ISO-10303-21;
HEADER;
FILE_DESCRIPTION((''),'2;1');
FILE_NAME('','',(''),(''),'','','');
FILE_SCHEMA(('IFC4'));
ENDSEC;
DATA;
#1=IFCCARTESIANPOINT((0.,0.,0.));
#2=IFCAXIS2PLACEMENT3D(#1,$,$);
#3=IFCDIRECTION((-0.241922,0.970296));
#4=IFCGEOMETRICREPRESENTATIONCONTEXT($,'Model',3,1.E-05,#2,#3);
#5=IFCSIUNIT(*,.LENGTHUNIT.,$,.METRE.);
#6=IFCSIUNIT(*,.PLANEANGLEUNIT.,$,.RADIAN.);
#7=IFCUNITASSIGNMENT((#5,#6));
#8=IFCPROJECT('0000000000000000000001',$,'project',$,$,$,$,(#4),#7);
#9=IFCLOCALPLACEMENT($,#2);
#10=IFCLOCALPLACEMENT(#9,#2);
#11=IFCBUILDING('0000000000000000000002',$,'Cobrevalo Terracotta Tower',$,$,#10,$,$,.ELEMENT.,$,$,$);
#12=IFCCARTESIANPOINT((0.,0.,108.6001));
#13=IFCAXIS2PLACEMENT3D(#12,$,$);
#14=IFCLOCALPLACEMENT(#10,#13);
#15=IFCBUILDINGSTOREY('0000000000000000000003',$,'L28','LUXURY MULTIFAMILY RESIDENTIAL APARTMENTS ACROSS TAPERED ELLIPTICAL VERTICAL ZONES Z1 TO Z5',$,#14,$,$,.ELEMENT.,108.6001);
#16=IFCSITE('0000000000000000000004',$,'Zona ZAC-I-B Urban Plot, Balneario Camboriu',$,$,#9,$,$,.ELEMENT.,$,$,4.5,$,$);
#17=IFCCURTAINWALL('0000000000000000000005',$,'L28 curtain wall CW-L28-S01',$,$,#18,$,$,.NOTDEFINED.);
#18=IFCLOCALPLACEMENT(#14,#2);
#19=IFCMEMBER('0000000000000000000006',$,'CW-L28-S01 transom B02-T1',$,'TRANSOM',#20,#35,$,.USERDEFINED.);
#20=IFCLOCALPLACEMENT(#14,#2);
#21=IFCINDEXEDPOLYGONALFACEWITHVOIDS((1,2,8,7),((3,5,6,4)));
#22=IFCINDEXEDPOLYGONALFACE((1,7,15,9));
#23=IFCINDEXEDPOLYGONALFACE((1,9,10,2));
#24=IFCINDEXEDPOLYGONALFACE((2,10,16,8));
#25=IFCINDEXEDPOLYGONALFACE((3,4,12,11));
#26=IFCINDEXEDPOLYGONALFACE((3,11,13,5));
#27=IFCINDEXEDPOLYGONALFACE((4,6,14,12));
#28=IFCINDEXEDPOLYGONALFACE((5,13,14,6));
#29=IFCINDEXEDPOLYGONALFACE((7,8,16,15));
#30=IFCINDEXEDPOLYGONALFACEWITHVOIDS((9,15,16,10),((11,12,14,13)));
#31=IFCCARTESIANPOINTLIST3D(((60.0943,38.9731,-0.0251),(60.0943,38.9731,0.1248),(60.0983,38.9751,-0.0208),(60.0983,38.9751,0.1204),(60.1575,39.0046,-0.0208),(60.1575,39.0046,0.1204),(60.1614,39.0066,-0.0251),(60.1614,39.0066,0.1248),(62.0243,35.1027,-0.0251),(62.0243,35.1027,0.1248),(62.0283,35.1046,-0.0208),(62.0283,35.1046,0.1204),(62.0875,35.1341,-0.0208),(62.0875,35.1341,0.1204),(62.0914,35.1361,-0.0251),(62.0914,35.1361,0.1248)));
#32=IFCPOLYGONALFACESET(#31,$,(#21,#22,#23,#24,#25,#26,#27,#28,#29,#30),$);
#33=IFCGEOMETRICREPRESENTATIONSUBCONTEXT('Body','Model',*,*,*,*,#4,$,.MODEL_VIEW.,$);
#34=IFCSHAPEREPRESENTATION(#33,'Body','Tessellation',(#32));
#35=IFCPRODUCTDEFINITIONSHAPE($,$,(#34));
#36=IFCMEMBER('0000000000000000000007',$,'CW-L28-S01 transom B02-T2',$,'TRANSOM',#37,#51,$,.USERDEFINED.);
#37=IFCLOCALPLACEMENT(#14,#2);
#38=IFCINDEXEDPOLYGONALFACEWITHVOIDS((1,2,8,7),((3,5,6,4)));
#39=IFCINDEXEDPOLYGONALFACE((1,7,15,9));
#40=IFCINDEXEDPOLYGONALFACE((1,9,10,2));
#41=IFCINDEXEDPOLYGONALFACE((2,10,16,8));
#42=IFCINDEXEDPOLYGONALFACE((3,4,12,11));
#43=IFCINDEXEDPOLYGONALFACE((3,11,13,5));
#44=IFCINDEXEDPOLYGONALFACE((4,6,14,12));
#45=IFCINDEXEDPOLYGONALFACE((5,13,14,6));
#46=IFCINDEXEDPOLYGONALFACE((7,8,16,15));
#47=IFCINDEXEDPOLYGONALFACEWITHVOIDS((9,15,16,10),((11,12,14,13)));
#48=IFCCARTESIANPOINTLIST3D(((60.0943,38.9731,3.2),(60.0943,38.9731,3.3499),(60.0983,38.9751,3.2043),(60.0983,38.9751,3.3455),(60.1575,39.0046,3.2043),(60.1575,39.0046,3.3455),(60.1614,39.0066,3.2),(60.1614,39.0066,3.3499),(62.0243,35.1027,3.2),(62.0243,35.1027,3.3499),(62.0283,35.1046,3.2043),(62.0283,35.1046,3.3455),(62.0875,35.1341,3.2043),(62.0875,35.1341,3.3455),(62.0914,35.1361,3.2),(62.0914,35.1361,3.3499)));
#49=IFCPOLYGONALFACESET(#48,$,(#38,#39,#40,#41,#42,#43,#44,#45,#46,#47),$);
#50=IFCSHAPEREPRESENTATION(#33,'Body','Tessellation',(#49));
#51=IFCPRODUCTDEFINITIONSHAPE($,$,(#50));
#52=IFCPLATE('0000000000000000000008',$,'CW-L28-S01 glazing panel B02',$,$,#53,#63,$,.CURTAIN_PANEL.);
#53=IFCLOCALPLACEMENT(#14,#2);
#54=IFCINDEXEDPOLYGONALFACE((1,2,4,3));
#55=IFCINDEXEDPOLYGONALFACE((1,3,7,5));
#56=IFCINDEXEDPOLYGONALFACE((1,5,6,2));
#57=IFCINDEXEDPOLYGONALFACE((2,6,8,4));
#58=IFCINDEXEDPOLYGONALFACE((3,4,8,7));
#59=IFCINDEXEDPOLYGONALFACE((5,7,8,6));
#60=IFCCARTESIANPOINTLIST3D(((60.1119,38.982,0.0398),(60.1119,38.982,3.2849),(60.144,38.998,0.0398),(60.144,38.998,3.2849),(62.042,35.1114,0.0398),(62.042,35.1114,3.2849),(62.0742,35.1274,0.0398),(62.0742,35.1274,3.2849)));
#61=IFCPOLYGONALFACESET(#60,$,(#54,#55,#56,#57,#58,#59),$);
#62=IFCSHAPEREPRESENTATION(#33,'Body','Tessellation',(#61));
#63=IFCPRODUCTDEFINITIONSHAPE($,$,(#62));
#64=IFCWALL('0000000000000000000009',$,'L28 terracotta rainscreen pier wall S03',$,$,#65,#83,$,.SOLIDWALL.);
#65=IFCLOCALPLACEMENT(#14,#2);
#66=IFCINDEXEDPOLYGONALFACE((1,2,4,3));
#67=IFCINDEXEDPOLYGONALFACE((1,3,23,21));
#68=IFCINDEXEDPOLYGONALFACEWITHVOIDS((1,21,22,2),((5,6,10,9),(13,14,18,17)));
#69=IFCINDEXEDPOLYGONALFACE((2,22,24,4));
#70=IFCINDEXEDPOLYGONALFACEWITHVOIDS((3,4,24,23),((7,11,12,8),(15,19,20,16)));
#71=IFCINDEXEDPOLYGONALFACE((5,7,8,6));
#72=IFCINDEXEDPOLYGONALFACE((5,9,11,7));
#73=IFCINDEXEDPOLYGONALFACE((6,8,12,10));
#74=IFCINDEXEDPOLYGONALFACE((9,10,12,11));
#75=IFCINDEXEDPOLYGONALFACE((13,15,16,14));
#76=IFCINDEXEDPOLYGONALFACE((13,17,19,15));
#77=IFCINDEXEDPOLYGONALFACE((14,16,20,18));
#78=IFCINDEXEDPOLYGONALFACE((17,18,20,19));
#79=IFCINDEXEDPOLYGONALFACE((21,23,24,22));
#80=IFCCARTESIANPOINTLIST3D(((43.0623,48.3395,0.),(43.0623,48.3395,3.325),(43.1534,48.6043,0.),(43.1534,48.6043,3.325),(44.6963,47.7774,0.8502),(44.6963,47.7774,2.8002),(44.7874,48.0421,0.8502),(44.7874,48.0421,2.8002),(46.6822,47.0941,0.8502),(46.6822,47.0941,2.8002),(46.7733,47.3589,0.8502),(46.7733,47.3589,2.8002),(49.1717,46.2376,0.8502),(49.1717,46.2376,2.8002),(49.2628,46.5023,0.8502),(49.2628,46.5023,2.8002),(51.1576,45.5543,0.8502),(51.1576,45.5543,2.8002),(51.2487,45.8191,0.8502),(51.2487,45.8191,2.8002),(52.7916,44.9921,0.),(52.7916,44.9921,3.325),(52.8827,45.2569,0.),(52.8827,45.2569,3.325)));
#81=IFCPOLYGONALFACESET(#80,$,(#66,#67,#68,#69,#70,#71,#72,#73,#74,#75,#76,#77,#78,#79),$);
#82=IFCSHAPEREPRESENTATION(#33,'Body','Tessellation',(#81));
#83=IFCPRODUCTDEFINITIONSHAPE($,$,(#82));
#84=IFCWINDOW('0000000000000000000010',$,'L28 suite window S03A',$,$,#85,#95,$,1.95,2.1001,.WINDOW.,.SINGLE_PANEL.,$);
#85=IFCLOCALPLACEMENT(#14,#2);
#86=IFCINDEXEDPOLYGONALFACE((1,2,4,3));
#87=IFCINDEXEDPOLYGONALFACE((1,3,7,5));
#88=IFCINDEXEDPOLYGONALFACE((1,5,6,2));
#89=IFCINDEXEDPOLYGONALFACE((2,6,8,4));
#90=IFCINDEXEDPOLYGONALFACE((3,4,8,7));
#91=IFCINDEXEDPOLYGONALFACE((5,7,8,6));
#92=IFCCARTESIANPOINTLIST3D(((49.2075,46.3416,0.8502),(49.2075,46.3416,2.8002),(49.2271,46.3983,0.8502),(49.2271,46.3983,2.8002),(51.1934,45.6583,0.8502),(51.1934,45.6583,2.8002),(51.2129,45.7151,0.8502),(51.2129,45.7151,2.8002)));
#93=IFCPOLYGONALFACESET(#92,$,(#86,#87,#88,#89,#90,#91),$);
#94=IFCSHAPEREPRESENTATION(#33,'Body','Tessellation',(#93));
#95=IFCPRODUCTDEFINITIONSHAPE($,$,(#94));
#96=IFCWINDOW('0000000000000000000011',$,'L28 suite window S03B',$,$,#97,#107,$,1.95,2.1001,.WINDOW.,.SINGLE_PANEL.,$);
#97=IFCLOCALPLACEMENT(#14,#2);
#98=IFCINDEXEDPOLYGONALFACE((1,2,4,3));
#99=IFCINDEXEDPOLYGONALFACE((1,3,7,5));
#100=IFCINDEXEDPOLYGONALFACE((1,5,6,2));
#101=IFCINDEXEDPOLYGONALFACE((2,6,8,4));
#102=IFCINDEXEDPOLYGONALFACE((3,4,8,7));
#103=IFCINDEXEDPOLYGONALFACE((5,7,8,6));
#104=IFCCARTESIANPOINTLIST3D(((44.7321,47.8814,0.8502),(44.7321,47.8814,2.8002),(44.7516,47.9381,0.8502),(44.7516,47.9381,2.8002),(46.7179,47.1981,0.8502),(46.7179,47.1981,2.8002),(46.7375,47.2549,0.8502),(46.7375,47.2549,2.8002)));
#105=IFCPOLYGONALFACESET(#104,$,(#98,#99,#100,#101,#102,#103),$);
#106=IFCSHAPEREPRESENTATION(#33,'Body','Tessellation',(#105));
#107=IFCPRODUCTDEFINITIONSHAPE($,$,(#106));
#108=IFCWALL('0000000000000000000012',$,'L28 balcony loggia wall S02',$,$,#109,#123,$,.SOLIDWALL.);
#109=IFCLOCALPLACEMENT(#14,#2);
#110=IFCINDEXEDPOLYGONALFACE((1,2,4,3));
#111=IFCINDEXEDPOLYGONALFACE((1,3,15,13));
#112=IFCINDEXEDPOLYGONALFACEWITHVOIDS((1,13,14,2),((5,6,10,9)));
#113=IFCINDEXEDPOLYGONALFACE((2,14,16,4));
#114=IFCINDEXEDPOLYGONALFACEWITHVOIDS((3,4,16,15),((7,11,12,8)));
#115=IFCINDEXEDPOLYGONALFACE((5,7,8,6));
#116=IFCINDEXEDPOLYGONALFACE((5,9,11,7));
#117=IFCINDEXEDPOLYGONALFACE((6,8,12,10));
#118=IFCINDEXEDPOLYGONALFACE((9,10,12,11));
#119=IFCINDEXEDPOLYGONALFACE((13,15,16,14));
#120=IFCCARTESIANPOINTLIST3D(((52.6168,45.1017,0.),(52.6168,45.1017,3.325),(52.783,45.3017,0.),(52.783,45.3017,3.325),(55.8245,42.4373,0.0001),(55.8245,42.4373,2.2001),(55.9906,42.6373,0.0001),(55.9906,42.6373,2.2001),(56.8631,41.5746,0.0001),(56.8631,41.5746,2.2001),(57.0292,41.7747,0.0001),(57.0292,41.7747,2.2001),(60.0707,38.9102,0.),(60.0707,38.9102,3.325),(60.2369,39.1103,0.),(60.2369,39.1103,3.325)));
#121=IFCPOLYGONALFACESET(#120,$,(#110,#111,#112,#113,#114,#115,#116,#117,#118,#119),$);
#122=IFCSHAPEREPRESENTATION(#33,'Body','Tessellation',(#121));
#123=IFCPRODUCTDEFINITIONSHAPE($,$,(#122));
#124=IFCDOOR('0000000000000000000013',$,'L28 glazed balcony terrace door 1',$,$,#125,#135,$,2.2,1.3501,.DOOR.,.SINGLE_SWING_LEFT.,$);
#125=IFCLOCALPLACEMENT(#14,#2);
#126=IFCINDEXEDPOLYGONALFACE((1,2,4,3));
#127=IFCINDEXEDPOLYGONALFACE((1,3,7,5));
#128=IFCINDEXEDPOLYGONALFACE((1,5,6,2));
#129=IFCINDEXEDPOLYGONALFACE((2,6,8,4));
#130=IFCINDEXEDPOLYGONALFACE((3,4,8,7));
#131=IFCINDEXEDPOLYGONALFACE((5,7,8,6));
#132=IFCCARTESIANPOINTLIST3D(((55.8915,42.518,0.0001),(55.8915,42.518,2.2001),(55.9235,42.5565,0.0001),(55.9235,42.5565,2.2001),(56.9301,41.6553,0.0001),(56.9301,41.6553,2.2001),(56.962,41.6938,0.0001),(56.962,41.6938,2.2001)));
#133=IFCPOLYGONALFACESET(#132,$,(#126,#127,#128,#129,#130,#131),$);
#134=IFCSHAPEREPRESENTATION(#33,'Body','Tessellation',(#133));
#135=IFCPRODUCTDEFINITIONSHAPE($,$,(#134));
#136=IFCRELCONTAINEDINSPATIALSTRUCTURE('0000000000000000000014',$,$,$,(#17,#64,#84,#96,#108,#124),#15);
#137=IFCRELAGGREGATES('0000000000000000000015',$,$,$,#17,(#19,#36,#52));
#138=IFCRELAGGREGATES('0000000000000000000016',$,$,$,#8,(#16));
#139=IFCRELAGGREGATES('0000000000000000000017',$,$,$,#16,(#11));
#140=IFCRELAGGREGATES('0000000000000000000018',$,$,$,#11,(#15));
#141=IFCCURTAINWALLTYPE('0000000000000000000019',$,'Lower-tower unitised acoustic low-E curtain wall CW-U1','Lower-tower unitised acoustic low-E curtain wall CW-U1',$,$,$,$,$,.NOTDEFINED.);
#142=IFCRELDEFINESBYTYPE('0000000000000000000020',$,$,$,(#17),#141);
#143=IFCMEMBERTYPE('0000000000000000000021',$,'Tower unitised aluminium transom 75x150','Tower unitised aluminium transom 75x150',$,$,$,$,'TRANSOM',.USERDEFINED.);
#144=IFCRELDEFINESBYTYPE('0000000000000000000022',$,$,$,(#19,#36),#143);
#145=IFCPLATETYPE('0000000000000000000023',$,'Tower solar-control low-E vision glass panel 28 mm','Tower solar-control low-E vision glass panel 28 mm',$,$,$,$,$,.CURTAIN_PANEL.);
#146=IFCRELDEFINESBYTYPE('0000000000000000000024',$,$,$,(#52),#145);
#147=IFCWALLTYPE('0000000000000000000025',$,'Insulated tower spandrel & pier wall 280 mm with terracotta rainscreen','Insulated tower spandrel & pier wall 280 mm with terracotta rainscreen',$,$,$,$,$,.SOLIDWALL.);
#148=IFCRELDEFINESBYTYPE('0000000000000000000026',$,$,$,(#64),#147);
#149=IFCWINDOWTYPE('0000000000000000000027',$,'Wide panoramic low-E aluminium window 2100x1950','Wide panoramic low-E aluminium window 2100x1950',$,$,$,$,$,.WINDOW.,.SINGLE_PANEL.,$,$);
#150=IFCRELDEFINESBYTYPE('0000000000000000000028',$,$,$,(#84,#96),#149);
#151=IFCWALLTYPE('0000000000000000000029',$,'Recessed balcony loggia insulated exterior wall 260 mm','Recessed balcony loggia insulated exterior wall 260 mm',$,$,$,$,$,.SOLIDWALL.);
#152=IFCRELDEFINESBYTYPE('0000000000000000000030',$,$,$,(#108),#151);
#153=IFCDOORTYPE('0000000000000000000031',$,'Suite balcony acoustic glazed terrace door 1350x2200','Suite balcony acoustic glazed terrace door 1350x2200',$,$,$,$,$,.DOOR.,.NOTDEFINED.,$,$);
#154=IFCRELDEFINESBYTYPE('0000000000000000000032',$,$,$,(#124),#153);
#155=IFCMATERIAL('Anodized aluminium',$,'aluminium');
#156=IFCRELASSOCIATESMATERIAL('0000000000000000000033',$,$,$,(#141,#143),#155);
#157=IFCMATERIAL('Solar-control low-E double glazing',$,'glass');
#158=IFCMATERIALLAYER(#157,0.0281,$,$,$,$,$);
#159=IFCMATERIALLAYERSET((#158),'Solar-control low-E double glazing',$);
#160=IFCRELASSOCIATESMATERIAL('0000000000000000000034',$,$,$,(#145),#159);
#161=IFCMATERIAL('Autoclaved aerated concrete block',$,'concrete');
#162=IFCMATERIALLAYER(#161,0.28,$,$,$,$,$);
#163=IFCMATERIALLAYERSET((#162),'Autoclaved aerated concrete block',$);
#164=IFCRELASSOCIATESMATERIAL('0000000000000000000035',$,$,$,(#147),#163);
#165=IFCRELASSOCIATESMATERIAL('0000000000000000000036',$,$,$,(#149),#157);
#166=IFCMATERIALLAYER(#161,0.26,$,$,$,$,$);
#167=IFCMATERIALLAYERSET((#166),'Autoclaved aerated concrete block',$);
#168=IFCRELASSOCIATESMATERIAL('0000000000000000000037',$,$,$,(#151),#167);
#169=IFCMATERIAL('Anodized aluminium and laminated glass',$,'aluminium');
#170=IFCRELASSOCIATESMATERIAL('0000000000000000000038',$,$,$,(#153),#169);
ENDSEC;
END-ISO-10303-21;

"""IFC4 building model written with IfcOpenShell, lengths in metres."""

from ifc_helpers import new_model, si_unit, direction, frame, frame_2d, origin, origin_2d, place, context, subcontext, project, spatial, rectangle, hollow_rectangle, extrude, source, transform, mapped, material, layer, layer_set, material_profile, profile_set, type_object, element, fill, aggregate, save


model = new_model("IFC4")

# Units and contexts
model_context = context("Model", 3, precision=1e-05, world=origin(), true_north=direction((-0.241922, 0.970296)))
body_context = subcontext(model_context, "Body", "Model", "MODEL_VIEW")
ifc_project = project(units=[si_unit("LENGTHUNIT", "METRE"), si_unit("PLANEANGLEUNIT", "RADIAN")], contexts=[model_context])

# Site, building, storey
site_placement = place(None, origin())
site = spatial("IfcSite", under=ifc_project, at=site_placement, Name="Zona ZAC-I-B Urban Plot, Balneario Camboriu", CompositionType="ELEMENT", RefElevation=4.5)
building_placement = place(site_placement, origin())
building = spatial("IfcBuilding", under=site, at=building_placement, Name="Cobrevalo Terracotta Tower", CompositionType="ELEMENT")
storey_placement = place(building_placement, frame((0.0, 0.0, 108.6001)))
storey = spatial("IfcBuildingStorey", under=building, at=storey_placement, Name="L28", Description="LUXURY MULTIFAMILY RESIDENTIAL APARTMENTS ACROSS TAPERED ELLIPTICAL VERTICAL ZONES Z1 TO Z5", CompositionType="ELEMENT", Elevation=108.6001)

# Curtain wall, members, plate
ifc_material_1 = material(Name="Anodized aluminium", Category="aluminium")
curtain_wall_type = type_object("IfcCurtainWallType", Name="Lower-tower unitised acoustic low-E curtain wall CW-U1", Description="Lower-tower unitised acoustic low-E curtain wall CW-U1", PredefinedType="NOTDEFINED", material=ifc_material_1)
curtain_wall_placement = place(storey_placement, origin())
curtain_wall = element("IfcCurtainWall", 1, at=curtain_wall_placement, inside=storey, type_object=curtain_wall_type, Name="L28 curtain wall CW-L28-S01", PredefinedType="NOTDEFINED")
ifc_material_profile_1 = material_profile(ifc_material_1, hollow_rectangle(XDim=0.075, YDim=0.1499, WallThickness=0.0044, at=origin_2d()), Name="CWT 75x150")
ifc_profile_set_1 = profile_set([ifc_material_profile_1], Name="Anodized aluminium")
member_type_1 = type_object("IfcMemberType", Name="Tower unitised aluminium transom 75x150", Description="Tower unitised aluminium transom 75x150", ElementType="TRANSOM", PredefinedType="USERDEFINED", material=ifc_profile_set_1)
shared_shape_1 = source(origin(), body_context, "Body", "SweptSolid", [
    extrude(hollow_rectangle(XDim=0.075, YDim=0.1499, WallThickness=0.0044, at=origin_2d()), origin(), (0.0, 0.0, 1.0), 4.325),
])
member_1_placement = place(storey_placement, frame((62.0579, 35.1194, 0.0498), z_axis=(-0.446242, 0.894912, 0.0), x_axis=(-0.894912, -0.446242, 0.0)))
member_1 = element("IfcMember", 2, at=member_1_placement, type_object=member_type_1, Name="CW-L28-S01 transom B02-T1", ObjectType="TRANSOM", PredefinedType="USERDEFINED", context=body_context, shape_type="MappedRepresentation", body=[
    mapped(shared_shape_1, transform((0.0, 0.0, 0.0), scale=1.0)),
])
member_2_placement = place(storey_placement, frame((62.0579, 35.1194, 3.2749), z_axis=(-0.446242, 0.894912, 0.0), x_axis=(-0.894912, -0.446242, 0.0)))
member_2 = element("IfcMember", 3, at=member_2_placement, type_object=member_type_1, Name="CW-L28-S01 transom B02-T2", ObjectType="TRANSOM", PredefinedType="USERDEFINED", context=body_context, shape_type="MappedRepresentation", body=[
    mapped(shared_shape_1, transform((0.0, 0.0, 0.0), scale=1.0)),
])
ifc_material_2 = material(Name="Solar-control low-E double glazing", Category="glass")
ifc_layer_1 = layer(ifc_material_2, 0.0281)
ifc_layer_set_1 = layer_set([ifc_layer_1], Name="Solar-control low-E double glazing")
plate_type = type_object("IfcPlateType", Name="Tower solar-control low-E vision glass panel 28 mm", Description="Tower solar-control low-E vision glass panel 28 mm", PredefinedType="CURTAIN_PANEL", material=ifc_layer_set_1)
shared_shape_2 = source(origin(), body_context, "Body", "SweptSolid", [
    extrude(rectangle(XDim=4.3252, YDim=0.0359, at=origin_2d()), origin(), (0.0, 0.0, 1.0), 3.2451),
])
plate_placement = place(storey_placement, frame((61.093, 37.0547, 0.0398), z_axis=(0.0, 0.0, 1.0), x_axis=(-0.446262, 0.894902, 0.0)))
plate = element("IfcPlate", 4, at=plate_placement, type_object=plate_type, Name="CW-L28-S01 glazing panel B02", PredefinedType="CURTAIN_PANEL", context=body_context, shape_type="MappedRepresentation", body=[
    mapped(shared_shape_2, transform((0.0, 0.0, 0.0), scale=1.0)),
])
aggregate(curtain_wall, [member_1, member_2, plate])

# Wall, openings, windows
ifc_material_3 = material(Name="Autoclaved aerated concrete block", Category="concrete")
ifc_layer_2 = layer(ifc_material_3, 0.28)
ifc_layer_set_2 = layer_set([ifc_layer_2], Name="Autoclaved aerated concrete block")
wall_type_1 = type_object("IfcWallType", Name="Insulated tower spandrel & pier wall 280 mm with terracotta rainscreen", Description="Insulated tower spandrel & pier wall 280 mm with terracotta rainscreen", PredefinedType="SOLIDWALL", material=ifc_layer_set_2)
wall_1_placement = place(storey_placement, frame((52.8372, 45.1245, 0.0), z_axis=(0.0, 0.0, 1.0), x_axis=(-0.945597, 0.325339, 0.0)))
wall_1 = element("IfcWall", 5, at=wall_1_placement, inside=storey, type_object=wall_type_1, Name="L28 terracotta rainscreen pier wall S03", PredefinedType="SOLIDWALL", context=body_context, shape_type="SweptSolid", body=[
    extrude(rectangle(XDim=10.2891, YDim=0.28, at=frame_2d((5.1445, 0.0))), origin(), (0.0, 0.0, 1.0), 3.325),
])
opening_1_placement = place(wall_1_placement, frame((1.728, 0.0, 0.8501)))
opening_1 = element("IfcOpeningElement", 6, at=opening_1_placement, cuts=wall_1, PredefinedType="OPENING", context=body_context, shape_type="SweptSolid", body=[
    extrude(rectangle(XDim=2.1001, YDim=1.95, at=frame_2d((1.05, 0.9751))), frame((0.0, 0.1499, 0.0), z_axis=(0.0, -1.0, 0.0), x_axis=(1.0, 0.0, 0.0)), (0.0, 0.0, 1.0), 0.3),
])
opening_2_placement = place(wall_1_placement, frame((6.4609, 0.0, 0.8501)))
opening_2 = element("IfcOpeningElement", 7, at=opening_2_placement, cuts=wall_1, PredefinedType="OPENING", context=body_context, shape_type="SweptSolid", body=[
    extrude(rectangle(XDim=2.1001, YDim=1.95, at=frame_2d((1.05, 0.9751))), frame((0.0, 0.1499, 0.0), z_axis=(0.0, -1.0, 0.0), x_axis=(1.0, 0.0, 0.0)), (0.0, 0.0, 1.0), 0.3),
])
window_type = type_object("IfcWindowType", Name="Wide panoramic low-E aluminium window 2100x1950", Description="Wide panoramic low-E aluminium window 2100x1950", PartitioningType="SINGLE_PANEL", PredefinedType="WINDOW", material=ifc_material_2)
shared_shape_3 = source(origin(), body_context, "Body", "SweptSolid", [
    extrude(rectangle(XDim=2.1001, YDim=1.95, at=frame_2d((1.05, 0.9751))), frame((0.0, 0.03, 0.0), z_axis=(0.0, -1.0, 0.0), x_axis=(1.0, 0.0, 0.0)), (0.0, 0.0, 1.0), 0.0601),
])
window_1_placement = place(opening_1_placement, origin())
window_1 = element("IfcWindow", 8, at=window_1_placement, inside=storey, type_object=window_type, Name="L28 suite window S03A", OverallHeight=1.95, OverallWidth=2.1001, PartitioningType="SINGLE_PANEL", PredefinedType="WINDOW", context=body_context, shape_type="MappedRepresentation", body=[
    mapped(shared_shape_3, transform((0.0, 0.0, 0.0), scale=1.0)),
])
fill(opening_1, window_1)
window_2_placement = place(opening_2_placement, origin())
window_2 = element("IfcWindow", 9, at=window_2_placement, inside=storey, type_object=window_type, Name="L28 suite window S03B", OverallHeight=1.95, OverallWidth=2.1001, PartitioningType="SINGLE_PANEL", PredefinedType="WINDOW", context=body_context, shape_type="MappedRepresentation", body=[
    mapped(shared_shape_3, transform((0.0, 0.0, 0.0), scale=1.0)),
])
fill(opening_2, window_2)

# Wall, opening, door
ifc_layer_3 = layer(ifc_material_3, 0.26)
ifc_layer_set_3 = layer_set([ifc_layer_3], Name="Autoclaved aerated concrete block")
wall_type_2 = type_object("IfcWallType", Name="Recessed balcony loggia insulated exterior wall 260 mm", Description="Recessed balcony loggia insulated exterior wall 260 mm", PredefinedType="SOLIDWALL", material=ifc_layer_set_3)
wall_2_placement = place(storey_placement, frame((60.1538, 39.0103, 0.0), z_axis=(0.0, 0.0, 1.0), x_axis=(-0.769243, 0.638957, 0.0)))
wall_2 = element("IfcWall", 10, at=wall_2_placement, inside=storey, type_object=wall_type_2, Name="L28 balcony loggia wall S02", PredefinedType="SOLIDWALL", context=body_context, shape_type="SweptSolid", body=[
    extrude(rectangle(XDim=9.6899, YDim=0.26, at=frame_2d((4.845, 0.0))), origin(), (0.0, 0.0, 1.0), 3.325),
])
opening_3_placement = place(wall_2_placement, frame((4.1699, 0.0, 0.0)))
opening_3 = element("IfcOpeningElement", 11, at=opening_3_placement, cuts=wall_2, PredefinedType="OPENING", context=body_context, shape_type="SweptSolid", body=[
    extrude(rectangle(XDim=1.3501, YDim=2.2, at=frame_2d((0.675, 1.1001))), frame((0.0, 0.1401, 0.0), z_axis=(0.0, -1.0, 0.0), x_axis=(1.0, 0.0, 0.0)), (0.0, 0.0, 1.0), 0.28),
])
ifc_material_4 = material(Name="Anodized aluminium and laminated glass", Category="aluminium")
door_type_1 = type_object("IfcDoorType", Name="Suite balcony acoustic glazed terrace door 1350x2200", Description="Suite balcony acoustic glazed terrace door 1350x2200", OperationType="NOTDEFINED", PredefinedType="DOOR", material=ifc_material_4)
shared_shape_4 = source(origin(), body_context, "Body", "SweptSolid", [
    extrude(rectangle(XDim=1.3501, YDim=2.2, at=frame_2d((0.675, 1.1001))), frame((0.0, 0.0249, 0.0), z_axis=(0.0, -1.0, 0.0), x_axis=(1.0, 0.0, 0.0)), (0.0, 0.0, 1.0), 0.05),
])
door_1_placement = place(opening_3_placement, frame((1.3501, 0.0, 0.0), z_axis=(0.0, 0.0, 1.0), x_axis=(-1.0, 0.0, 0.0)))
door_1 = element("IfcDoor", 12, at=door_1_placement, inside=storey, type_object=door_type_1, Name="L28 glazed balcony terrace door 1", OperationType="SINGLE_SWING_LEFT", OverallHeight=2.2, OverallWidth=1.3501, PredefinedType="DOOR", context=body_context, shape_type="MappedRepresentation", body=[
    mapped(shared_shape_4, transform((0.0, 0.0, 0.0), scale=1.0)),
])
fill(opening_3, door_1)

save(model, "model.ifc")
